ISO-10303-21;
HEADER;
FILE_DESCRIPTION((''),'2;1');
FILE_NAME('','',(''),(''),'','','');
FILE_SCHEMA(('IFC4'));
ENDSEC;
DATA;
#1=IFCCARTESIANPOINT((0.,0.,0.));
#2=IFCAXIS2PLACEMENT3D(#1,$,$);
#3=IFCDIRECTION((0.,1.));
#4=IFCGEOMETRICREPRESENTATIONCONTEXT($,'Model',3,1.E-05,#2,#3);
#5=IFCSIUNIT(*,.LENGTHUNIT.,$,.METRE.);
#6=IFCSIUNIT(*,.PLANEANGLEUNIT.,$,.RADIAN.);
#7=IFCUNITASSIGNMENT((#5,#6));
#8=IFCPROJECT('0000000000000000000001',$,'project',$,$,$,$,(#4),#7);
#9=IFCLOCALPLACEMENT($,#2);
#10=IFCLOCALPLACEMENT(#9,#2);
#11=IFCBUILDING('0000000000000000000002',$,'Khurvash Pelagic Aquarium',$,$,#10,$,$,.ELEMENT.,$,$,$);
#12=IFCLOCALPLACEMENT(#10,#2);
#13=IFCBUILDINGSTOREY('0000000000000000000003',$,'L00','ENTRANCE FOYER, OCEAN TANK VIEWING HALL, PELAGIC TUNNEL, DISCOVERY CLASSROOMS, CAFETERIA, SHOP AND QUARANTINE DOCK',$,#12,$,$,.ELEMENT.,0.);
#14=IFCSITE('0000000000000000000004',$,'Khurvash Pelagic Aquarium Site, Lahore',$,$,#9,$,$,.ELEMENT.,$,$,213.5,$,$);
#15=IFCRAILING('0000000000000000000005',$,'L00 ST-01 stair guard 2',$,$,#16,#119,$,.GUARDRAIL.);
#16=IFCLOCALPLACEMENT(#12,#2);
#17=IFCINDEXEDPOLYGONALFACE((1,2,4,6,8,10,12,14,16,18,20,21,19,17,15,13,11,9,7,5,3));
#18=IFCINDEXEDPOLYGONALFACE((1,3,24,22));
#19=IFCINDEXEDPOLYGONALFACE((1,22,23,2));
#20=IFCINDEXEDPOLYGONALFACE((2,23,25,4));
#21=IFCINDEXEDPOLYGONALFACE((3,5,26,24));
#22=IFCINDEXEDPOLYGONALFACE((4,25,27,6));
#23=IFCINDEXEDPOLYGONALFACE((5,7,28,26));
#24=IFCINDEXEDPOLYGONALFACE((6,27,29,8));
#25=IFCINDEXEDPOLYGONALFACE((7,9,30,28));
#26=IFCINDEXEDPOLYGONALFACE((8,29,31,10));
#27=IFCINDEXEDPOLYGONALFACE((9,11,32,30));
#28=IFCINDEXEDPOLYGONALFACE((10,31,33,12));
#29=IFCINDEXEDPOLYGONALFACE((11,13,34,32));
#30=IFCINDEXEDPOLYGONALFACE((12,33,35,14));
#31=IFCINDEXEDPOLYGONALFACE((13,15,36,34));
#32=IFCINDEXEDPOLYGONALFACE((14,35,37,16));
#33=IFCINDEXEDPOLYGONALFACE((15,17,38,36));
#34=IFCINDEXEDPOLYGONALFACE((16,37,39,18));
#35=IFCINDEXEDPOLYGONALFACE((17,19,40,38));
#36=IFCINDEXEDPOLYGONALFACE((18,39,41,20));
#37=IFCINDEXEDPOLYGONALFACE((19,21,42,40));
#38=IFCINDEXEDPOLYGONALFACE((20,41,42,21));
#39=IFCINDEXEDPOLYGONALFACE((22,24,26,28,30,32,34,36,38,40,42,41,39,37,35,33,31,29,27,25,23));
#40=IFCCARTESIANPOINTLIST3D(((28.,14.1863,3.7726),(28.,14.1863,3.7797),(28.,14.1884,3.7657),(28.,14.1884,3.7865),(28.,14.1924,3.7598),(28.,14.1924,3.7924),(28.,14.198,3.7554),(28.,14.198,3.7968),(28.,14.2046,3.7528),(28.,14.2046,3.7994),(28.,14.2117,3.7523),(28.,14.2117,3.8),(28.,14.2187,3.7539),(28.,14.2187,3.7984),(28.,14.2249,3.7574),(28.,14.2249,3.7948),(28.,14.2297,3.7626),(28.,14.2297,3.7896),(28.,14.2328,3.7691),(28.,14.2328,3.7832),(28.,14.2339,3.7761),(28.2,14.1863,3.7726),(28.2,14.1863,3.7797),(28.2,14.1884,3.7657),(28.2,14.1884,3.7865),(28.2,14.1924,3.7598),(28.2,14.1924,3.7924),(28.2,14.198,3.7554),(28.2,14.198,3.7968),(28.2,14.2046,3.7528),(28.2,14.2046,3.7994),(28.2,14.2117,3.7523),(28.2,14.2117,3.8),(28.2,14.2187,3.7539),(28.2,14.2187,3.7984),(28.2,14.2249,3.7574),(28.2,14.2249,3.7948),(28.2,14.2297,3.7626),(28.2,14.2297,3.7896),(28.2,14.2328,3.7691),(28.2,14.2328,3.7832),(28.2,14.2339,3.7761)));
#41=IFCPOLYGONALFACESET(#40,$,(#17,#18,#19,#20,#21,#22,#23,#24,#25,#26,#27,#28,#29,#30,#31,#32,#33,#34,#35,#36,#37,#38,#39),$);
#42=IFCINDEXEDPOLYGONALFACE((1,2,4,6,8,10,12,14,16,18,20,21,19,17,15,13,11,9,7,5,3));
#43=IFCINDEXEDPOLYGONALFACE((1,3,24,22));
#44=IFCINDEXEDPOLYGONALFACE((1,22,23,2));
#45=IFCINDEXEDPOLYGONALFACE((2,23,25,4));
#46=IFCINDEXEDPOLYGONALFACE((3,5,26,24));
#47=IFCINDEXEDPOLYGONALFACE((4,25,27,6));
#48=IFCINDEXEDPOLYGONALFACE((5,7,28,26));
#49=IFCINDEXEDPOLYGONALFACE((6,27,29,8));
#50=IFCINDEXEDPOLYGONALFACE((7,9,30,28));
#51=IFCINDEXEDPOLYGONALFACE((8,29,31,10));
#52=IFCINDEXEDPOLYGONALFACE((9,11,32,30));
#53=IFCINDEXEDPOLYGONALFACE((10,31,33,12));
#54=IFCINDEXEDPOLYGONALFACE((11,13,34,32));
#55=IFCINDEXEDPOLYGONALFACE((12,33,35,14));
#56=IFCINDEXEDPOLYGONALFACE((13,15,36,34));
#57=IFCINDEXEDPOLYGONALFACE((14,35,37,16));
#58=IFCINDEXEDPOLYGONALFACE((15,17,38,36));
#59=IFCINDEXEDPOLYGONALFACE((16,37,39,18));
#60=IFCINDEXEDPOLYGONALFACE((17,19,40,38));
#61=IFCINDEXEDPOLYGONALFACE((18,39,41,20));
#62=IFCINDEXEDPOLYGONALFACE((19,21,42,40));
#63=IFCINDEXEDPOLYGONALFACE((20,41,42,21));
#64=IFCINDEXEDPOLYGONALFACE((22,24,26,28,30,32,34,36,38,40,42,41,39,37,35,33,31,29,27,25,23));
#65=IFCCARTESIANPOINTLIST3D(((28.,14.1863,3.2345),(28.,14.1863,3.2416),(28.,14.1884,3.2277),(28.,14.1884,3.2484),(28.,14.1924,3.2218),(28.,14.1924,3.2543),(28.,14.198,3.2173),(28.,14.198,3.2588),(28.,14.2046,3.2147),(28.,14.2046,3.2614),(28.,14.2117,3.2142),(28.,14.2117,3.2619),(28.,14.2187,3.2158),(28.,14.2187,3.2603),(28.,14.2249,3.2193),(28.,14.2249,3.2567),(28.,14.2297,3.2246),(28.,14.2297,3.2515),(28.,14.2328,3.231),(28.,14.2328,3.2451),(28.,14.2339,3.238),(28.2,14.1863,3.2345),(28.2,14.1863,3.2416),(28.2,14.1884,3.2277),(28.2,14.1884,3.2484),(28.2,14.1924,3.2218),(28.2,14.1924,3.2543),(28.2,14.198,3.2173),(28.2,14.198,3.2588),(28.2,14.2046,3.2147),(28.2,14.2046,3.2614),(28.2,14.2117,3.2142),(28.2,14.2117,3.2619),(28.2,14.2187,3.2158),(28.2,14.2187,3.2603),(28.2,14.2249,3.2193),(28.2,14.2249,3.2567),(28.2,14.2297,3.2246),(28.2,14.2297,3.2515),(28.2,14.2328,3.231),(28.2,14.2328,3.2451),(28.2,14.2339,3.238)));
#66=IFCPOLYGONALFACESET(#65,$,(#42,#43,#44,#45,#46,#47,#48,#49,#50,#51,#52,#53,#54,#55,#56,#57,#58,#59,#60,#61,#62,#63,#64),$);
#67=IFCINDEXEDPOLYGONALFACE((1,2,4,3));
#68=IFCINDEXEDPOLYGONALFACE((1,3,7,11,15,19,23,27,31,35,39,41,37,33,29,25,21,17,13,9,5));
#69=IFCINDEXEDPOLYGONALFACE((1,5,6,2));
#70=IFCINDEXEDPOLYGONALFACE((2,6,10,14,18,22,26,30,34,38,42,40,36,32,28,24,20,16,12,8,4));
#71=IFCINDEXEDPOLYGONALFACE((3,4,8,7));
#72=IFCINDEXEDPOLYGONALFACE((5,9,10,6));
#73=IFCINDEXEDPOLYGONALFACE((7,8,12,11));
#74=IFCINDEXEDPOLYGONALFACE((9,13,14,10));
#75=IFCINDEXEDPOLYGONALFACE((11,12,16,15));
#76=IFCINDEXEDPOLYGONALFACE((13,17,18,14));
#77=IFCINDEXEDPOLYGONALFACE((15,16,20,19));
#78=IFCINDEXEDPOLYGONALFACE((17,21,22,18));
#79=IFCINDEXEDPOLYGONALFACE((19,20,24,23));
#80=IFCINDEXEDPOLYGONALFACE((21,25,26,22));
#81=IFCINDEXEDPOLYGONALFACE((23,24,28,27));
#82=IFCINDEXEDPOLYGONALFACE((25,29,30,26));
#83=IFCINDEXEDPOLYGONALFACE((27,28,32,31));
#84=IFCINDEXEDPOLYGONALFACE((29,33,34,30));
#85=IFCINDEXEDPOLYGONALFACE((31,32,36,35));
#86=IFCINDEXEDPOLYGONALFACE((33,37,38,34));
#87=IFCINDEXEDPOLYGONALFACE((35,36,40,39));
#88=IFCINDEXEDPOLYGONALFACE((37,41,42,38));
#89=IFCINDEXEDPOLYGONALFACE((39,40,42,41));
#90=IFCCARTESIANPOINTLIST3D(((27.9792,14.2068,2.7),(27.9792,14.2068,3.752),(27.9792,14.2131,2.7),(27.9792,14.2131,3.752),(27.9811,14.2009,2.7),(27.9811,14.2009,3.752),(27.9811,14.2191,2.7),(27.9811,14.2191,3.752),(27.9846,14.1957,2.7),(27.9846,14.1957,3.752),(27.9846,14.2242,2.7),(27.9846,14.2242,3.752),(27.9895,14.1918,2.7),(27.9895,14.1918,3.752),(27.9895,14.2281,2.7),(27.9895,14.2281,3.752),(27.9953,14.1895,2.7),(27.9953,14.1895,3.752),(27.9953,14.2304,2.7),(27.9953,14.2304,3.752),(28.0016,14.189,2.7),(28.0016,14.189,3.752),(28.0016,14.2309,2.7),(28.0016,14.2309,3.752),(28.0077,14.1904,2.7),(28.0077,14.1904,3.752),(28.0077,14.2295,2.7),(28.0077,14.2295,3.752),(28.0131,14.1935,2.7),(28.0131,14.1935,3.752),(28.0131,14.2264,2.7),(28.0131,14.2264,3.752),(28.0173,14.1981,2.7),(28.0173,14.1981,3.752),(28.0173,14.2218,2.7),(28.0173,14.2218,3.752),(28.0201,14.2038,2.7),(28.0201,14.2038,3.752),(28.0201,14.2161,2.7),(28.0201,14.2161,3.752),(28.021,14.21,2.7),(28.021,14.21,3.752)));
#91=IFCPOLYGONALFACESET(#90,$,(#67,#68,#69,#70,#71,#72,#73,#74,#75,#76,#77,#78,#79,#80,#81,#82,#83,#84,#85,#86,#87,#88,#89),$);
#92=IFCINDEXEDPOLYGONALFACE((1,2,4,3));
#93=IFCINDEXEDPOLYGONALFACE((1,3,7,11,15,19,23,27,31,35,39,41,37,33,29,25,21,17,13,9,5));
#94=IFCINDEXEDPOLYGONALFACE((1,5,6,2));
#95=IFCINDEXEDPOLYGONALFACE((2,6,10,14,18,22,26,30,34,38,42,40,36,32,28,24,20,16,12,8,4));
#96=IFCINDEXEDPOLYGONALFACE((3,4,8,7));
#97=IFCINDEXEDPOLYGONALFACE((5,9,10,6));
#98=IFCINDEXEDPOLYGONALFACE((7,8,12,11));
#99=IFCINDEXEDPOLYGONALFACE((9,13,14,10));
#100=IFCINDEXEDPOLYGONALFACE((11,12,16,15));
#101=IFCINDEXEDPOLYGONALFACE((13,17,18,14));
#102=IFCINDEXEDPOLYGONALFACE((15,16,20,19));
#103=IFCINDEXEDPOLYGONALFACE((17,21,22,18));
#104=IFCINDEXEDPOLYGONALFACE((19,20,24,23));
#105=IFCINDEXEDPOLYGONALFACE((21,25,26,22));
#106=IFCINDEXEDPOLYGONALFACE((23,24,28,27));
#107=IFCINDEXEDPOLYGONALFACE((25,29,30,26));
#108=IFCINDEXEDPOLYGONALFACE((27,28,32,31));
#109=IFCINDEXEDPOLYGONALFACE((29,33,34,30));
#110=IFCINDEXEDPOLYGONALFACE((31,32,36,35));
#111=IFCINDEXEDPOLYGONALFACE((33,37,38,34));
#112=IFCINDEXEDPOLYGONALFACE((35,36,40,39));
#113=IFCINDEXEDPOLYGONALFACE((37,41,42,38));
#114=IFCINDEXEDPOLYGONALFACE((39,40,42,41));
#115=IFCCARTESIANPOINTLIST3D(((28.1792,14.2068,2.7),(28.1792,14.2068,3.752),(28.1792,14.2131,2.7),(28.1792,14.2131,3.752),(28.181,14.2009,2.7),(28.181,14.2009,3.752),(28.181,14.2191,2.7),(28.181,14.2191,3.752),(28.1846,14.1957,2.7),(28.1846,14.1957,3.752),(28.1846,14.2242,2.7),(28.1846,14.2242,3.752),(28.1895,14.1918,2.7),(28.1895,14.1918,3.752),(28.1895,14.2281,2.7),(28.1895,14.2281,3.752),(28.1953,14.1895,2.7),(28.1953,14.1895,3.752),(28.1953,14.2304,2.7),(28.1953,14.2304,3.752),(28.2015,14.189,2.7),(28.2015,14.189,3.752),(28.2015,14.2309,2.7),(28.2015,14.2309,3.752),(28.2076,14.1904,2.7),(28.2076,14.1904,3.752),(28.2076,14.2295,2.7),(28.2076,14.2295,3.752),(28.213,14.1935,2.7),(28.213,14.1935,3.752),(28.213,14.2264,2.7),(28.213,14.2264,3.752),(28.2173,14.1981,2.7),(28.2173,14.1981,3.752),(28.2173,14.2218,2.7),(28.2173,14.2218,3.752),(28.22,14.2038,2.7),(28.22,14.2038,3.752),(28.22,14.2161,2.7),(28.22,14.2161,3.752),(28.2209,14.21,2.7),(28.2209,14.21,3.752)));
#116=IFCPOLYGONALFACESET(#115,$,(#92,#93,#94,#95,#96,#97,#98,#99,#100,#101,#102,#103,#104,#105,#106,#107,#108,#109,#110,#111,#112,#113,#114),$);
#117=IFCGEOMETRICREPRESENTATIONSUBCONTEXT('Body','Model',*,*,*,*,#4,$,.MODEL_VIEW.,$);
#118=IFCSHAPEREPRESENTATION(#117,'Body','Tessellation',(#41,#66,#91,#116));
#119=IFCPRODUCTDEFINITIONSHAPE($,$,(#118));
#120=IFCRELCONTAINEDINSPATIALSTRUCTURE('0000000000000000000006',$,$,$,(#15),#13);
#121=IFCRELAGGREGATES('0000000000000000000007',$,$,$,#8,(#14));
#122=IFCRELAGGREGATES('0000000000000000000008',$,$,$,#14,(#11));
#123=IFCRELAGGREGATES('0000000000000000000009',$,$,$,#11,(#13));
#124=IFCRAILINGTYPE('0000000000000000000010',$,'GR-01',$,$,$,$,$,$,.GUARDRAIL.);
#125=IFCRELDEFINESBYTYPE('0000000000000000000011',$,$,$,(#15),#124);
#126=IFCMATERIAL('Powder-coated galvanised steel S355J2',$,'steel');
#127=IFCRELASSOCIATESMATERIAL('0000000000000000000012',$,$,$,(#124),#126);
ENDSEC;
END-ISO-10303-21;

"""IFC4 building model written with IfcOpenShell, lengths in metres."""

from ifc_helpers import new_model, si_unit, direction, frame, origin, origin_2d, place, context, subcontext, project, spatial, circle, extrude, material, type_object, element, save


model = new_model("IFC4")

# Units and contexts
model_context = context("Model", 3, precision=1e-05, world=origin(), true_north=direction((0.0, 1.0)))
body_context = subcontext(model_context, "Body", "Model", "MODEL_VIEW")
ifc_project = project(units=[si_unit("LENGTHUNIT", "METRE"), si_unit("PLANEANGLEUNIT", "RADIAN")], contexts=[model_context])

# Site, building, storey
site_placement = place(None, origin())
site = spatial("IfcSite", under=ifc_project, at=site_placement, Name="Khurvash Pelagic Aquarium Site, Lahore", CompositionType="ELEMENT", RefElevation=213.5)
building_placement = place(site_placement, origin())
building = spatial("IfcBuilding", under=site, at=building_placement, Name="Khurvash Pelagic Aquarium", CompositionType="ELEMENT")
storey_placement = place(building_placement, origin())
storey = spatial("IfcBuildingStorey", under=building, at=storey_placement, Name="L00", Description="ENTRANCE FOYER, OCEAN TANK VIEWING HALL, PELAGIC TUNNEL, DISCOVERY CLASSROOMS, CAFETERIA, SHOP AND QUARANTINE DOCK", CompositionType="ELEMENT", Elevation=0.0)

# Railing
ifc_material_1 = material(Name="Powder-coated galvanised steel S355J2", Category="steel")
railing_type_1 = type_object("IfcRailingType", Name="GR-01", PredefinedType="GUARDRAIL", material=ifc_material_1)
railing_1_placement = place(storey_placement, frame((28.0, 14.21, 2.7)))
element("IfcRailing", 1, at=railing_1_placement, inside=storey, type_object=railing_type_1, Name="L00 ST-01 stair guard 2", PredefinedType="GUARDRAIL", context=body_context, shape_type="SweptSolid", body=[
    extrude(circle(Radius=0.0239, at=origin_2d()), frame((0.0, 0.0, 1.0762), z_axis=(1.0, 0.0, 0.0), x_axis=(0.0, 1.0, 0.0)), (0.0, 0.0, 1.0), 0.2),
    extrude(circle(Radius=0.0239, at=origin_2d()), frame((0.0, 0.0, 0.5381), z_axis=(1.0, 0.0, 0.0), x_axis=(0.0, 1.0, 0.0)), (0.0, 0.0, 1.0), 0.2),
    extrude(circle(Radius=0.021, at=origin_2d()), origin(), (0.0, 0.0, 1.0), 1.052),
    extrude(circle(Radius=0.021, at=origin_2d()), frame((0.2, 0.0, 0.0)), (0.0, 0.0, 1.0), 1.052),
])

save(model, "model.ifc")
